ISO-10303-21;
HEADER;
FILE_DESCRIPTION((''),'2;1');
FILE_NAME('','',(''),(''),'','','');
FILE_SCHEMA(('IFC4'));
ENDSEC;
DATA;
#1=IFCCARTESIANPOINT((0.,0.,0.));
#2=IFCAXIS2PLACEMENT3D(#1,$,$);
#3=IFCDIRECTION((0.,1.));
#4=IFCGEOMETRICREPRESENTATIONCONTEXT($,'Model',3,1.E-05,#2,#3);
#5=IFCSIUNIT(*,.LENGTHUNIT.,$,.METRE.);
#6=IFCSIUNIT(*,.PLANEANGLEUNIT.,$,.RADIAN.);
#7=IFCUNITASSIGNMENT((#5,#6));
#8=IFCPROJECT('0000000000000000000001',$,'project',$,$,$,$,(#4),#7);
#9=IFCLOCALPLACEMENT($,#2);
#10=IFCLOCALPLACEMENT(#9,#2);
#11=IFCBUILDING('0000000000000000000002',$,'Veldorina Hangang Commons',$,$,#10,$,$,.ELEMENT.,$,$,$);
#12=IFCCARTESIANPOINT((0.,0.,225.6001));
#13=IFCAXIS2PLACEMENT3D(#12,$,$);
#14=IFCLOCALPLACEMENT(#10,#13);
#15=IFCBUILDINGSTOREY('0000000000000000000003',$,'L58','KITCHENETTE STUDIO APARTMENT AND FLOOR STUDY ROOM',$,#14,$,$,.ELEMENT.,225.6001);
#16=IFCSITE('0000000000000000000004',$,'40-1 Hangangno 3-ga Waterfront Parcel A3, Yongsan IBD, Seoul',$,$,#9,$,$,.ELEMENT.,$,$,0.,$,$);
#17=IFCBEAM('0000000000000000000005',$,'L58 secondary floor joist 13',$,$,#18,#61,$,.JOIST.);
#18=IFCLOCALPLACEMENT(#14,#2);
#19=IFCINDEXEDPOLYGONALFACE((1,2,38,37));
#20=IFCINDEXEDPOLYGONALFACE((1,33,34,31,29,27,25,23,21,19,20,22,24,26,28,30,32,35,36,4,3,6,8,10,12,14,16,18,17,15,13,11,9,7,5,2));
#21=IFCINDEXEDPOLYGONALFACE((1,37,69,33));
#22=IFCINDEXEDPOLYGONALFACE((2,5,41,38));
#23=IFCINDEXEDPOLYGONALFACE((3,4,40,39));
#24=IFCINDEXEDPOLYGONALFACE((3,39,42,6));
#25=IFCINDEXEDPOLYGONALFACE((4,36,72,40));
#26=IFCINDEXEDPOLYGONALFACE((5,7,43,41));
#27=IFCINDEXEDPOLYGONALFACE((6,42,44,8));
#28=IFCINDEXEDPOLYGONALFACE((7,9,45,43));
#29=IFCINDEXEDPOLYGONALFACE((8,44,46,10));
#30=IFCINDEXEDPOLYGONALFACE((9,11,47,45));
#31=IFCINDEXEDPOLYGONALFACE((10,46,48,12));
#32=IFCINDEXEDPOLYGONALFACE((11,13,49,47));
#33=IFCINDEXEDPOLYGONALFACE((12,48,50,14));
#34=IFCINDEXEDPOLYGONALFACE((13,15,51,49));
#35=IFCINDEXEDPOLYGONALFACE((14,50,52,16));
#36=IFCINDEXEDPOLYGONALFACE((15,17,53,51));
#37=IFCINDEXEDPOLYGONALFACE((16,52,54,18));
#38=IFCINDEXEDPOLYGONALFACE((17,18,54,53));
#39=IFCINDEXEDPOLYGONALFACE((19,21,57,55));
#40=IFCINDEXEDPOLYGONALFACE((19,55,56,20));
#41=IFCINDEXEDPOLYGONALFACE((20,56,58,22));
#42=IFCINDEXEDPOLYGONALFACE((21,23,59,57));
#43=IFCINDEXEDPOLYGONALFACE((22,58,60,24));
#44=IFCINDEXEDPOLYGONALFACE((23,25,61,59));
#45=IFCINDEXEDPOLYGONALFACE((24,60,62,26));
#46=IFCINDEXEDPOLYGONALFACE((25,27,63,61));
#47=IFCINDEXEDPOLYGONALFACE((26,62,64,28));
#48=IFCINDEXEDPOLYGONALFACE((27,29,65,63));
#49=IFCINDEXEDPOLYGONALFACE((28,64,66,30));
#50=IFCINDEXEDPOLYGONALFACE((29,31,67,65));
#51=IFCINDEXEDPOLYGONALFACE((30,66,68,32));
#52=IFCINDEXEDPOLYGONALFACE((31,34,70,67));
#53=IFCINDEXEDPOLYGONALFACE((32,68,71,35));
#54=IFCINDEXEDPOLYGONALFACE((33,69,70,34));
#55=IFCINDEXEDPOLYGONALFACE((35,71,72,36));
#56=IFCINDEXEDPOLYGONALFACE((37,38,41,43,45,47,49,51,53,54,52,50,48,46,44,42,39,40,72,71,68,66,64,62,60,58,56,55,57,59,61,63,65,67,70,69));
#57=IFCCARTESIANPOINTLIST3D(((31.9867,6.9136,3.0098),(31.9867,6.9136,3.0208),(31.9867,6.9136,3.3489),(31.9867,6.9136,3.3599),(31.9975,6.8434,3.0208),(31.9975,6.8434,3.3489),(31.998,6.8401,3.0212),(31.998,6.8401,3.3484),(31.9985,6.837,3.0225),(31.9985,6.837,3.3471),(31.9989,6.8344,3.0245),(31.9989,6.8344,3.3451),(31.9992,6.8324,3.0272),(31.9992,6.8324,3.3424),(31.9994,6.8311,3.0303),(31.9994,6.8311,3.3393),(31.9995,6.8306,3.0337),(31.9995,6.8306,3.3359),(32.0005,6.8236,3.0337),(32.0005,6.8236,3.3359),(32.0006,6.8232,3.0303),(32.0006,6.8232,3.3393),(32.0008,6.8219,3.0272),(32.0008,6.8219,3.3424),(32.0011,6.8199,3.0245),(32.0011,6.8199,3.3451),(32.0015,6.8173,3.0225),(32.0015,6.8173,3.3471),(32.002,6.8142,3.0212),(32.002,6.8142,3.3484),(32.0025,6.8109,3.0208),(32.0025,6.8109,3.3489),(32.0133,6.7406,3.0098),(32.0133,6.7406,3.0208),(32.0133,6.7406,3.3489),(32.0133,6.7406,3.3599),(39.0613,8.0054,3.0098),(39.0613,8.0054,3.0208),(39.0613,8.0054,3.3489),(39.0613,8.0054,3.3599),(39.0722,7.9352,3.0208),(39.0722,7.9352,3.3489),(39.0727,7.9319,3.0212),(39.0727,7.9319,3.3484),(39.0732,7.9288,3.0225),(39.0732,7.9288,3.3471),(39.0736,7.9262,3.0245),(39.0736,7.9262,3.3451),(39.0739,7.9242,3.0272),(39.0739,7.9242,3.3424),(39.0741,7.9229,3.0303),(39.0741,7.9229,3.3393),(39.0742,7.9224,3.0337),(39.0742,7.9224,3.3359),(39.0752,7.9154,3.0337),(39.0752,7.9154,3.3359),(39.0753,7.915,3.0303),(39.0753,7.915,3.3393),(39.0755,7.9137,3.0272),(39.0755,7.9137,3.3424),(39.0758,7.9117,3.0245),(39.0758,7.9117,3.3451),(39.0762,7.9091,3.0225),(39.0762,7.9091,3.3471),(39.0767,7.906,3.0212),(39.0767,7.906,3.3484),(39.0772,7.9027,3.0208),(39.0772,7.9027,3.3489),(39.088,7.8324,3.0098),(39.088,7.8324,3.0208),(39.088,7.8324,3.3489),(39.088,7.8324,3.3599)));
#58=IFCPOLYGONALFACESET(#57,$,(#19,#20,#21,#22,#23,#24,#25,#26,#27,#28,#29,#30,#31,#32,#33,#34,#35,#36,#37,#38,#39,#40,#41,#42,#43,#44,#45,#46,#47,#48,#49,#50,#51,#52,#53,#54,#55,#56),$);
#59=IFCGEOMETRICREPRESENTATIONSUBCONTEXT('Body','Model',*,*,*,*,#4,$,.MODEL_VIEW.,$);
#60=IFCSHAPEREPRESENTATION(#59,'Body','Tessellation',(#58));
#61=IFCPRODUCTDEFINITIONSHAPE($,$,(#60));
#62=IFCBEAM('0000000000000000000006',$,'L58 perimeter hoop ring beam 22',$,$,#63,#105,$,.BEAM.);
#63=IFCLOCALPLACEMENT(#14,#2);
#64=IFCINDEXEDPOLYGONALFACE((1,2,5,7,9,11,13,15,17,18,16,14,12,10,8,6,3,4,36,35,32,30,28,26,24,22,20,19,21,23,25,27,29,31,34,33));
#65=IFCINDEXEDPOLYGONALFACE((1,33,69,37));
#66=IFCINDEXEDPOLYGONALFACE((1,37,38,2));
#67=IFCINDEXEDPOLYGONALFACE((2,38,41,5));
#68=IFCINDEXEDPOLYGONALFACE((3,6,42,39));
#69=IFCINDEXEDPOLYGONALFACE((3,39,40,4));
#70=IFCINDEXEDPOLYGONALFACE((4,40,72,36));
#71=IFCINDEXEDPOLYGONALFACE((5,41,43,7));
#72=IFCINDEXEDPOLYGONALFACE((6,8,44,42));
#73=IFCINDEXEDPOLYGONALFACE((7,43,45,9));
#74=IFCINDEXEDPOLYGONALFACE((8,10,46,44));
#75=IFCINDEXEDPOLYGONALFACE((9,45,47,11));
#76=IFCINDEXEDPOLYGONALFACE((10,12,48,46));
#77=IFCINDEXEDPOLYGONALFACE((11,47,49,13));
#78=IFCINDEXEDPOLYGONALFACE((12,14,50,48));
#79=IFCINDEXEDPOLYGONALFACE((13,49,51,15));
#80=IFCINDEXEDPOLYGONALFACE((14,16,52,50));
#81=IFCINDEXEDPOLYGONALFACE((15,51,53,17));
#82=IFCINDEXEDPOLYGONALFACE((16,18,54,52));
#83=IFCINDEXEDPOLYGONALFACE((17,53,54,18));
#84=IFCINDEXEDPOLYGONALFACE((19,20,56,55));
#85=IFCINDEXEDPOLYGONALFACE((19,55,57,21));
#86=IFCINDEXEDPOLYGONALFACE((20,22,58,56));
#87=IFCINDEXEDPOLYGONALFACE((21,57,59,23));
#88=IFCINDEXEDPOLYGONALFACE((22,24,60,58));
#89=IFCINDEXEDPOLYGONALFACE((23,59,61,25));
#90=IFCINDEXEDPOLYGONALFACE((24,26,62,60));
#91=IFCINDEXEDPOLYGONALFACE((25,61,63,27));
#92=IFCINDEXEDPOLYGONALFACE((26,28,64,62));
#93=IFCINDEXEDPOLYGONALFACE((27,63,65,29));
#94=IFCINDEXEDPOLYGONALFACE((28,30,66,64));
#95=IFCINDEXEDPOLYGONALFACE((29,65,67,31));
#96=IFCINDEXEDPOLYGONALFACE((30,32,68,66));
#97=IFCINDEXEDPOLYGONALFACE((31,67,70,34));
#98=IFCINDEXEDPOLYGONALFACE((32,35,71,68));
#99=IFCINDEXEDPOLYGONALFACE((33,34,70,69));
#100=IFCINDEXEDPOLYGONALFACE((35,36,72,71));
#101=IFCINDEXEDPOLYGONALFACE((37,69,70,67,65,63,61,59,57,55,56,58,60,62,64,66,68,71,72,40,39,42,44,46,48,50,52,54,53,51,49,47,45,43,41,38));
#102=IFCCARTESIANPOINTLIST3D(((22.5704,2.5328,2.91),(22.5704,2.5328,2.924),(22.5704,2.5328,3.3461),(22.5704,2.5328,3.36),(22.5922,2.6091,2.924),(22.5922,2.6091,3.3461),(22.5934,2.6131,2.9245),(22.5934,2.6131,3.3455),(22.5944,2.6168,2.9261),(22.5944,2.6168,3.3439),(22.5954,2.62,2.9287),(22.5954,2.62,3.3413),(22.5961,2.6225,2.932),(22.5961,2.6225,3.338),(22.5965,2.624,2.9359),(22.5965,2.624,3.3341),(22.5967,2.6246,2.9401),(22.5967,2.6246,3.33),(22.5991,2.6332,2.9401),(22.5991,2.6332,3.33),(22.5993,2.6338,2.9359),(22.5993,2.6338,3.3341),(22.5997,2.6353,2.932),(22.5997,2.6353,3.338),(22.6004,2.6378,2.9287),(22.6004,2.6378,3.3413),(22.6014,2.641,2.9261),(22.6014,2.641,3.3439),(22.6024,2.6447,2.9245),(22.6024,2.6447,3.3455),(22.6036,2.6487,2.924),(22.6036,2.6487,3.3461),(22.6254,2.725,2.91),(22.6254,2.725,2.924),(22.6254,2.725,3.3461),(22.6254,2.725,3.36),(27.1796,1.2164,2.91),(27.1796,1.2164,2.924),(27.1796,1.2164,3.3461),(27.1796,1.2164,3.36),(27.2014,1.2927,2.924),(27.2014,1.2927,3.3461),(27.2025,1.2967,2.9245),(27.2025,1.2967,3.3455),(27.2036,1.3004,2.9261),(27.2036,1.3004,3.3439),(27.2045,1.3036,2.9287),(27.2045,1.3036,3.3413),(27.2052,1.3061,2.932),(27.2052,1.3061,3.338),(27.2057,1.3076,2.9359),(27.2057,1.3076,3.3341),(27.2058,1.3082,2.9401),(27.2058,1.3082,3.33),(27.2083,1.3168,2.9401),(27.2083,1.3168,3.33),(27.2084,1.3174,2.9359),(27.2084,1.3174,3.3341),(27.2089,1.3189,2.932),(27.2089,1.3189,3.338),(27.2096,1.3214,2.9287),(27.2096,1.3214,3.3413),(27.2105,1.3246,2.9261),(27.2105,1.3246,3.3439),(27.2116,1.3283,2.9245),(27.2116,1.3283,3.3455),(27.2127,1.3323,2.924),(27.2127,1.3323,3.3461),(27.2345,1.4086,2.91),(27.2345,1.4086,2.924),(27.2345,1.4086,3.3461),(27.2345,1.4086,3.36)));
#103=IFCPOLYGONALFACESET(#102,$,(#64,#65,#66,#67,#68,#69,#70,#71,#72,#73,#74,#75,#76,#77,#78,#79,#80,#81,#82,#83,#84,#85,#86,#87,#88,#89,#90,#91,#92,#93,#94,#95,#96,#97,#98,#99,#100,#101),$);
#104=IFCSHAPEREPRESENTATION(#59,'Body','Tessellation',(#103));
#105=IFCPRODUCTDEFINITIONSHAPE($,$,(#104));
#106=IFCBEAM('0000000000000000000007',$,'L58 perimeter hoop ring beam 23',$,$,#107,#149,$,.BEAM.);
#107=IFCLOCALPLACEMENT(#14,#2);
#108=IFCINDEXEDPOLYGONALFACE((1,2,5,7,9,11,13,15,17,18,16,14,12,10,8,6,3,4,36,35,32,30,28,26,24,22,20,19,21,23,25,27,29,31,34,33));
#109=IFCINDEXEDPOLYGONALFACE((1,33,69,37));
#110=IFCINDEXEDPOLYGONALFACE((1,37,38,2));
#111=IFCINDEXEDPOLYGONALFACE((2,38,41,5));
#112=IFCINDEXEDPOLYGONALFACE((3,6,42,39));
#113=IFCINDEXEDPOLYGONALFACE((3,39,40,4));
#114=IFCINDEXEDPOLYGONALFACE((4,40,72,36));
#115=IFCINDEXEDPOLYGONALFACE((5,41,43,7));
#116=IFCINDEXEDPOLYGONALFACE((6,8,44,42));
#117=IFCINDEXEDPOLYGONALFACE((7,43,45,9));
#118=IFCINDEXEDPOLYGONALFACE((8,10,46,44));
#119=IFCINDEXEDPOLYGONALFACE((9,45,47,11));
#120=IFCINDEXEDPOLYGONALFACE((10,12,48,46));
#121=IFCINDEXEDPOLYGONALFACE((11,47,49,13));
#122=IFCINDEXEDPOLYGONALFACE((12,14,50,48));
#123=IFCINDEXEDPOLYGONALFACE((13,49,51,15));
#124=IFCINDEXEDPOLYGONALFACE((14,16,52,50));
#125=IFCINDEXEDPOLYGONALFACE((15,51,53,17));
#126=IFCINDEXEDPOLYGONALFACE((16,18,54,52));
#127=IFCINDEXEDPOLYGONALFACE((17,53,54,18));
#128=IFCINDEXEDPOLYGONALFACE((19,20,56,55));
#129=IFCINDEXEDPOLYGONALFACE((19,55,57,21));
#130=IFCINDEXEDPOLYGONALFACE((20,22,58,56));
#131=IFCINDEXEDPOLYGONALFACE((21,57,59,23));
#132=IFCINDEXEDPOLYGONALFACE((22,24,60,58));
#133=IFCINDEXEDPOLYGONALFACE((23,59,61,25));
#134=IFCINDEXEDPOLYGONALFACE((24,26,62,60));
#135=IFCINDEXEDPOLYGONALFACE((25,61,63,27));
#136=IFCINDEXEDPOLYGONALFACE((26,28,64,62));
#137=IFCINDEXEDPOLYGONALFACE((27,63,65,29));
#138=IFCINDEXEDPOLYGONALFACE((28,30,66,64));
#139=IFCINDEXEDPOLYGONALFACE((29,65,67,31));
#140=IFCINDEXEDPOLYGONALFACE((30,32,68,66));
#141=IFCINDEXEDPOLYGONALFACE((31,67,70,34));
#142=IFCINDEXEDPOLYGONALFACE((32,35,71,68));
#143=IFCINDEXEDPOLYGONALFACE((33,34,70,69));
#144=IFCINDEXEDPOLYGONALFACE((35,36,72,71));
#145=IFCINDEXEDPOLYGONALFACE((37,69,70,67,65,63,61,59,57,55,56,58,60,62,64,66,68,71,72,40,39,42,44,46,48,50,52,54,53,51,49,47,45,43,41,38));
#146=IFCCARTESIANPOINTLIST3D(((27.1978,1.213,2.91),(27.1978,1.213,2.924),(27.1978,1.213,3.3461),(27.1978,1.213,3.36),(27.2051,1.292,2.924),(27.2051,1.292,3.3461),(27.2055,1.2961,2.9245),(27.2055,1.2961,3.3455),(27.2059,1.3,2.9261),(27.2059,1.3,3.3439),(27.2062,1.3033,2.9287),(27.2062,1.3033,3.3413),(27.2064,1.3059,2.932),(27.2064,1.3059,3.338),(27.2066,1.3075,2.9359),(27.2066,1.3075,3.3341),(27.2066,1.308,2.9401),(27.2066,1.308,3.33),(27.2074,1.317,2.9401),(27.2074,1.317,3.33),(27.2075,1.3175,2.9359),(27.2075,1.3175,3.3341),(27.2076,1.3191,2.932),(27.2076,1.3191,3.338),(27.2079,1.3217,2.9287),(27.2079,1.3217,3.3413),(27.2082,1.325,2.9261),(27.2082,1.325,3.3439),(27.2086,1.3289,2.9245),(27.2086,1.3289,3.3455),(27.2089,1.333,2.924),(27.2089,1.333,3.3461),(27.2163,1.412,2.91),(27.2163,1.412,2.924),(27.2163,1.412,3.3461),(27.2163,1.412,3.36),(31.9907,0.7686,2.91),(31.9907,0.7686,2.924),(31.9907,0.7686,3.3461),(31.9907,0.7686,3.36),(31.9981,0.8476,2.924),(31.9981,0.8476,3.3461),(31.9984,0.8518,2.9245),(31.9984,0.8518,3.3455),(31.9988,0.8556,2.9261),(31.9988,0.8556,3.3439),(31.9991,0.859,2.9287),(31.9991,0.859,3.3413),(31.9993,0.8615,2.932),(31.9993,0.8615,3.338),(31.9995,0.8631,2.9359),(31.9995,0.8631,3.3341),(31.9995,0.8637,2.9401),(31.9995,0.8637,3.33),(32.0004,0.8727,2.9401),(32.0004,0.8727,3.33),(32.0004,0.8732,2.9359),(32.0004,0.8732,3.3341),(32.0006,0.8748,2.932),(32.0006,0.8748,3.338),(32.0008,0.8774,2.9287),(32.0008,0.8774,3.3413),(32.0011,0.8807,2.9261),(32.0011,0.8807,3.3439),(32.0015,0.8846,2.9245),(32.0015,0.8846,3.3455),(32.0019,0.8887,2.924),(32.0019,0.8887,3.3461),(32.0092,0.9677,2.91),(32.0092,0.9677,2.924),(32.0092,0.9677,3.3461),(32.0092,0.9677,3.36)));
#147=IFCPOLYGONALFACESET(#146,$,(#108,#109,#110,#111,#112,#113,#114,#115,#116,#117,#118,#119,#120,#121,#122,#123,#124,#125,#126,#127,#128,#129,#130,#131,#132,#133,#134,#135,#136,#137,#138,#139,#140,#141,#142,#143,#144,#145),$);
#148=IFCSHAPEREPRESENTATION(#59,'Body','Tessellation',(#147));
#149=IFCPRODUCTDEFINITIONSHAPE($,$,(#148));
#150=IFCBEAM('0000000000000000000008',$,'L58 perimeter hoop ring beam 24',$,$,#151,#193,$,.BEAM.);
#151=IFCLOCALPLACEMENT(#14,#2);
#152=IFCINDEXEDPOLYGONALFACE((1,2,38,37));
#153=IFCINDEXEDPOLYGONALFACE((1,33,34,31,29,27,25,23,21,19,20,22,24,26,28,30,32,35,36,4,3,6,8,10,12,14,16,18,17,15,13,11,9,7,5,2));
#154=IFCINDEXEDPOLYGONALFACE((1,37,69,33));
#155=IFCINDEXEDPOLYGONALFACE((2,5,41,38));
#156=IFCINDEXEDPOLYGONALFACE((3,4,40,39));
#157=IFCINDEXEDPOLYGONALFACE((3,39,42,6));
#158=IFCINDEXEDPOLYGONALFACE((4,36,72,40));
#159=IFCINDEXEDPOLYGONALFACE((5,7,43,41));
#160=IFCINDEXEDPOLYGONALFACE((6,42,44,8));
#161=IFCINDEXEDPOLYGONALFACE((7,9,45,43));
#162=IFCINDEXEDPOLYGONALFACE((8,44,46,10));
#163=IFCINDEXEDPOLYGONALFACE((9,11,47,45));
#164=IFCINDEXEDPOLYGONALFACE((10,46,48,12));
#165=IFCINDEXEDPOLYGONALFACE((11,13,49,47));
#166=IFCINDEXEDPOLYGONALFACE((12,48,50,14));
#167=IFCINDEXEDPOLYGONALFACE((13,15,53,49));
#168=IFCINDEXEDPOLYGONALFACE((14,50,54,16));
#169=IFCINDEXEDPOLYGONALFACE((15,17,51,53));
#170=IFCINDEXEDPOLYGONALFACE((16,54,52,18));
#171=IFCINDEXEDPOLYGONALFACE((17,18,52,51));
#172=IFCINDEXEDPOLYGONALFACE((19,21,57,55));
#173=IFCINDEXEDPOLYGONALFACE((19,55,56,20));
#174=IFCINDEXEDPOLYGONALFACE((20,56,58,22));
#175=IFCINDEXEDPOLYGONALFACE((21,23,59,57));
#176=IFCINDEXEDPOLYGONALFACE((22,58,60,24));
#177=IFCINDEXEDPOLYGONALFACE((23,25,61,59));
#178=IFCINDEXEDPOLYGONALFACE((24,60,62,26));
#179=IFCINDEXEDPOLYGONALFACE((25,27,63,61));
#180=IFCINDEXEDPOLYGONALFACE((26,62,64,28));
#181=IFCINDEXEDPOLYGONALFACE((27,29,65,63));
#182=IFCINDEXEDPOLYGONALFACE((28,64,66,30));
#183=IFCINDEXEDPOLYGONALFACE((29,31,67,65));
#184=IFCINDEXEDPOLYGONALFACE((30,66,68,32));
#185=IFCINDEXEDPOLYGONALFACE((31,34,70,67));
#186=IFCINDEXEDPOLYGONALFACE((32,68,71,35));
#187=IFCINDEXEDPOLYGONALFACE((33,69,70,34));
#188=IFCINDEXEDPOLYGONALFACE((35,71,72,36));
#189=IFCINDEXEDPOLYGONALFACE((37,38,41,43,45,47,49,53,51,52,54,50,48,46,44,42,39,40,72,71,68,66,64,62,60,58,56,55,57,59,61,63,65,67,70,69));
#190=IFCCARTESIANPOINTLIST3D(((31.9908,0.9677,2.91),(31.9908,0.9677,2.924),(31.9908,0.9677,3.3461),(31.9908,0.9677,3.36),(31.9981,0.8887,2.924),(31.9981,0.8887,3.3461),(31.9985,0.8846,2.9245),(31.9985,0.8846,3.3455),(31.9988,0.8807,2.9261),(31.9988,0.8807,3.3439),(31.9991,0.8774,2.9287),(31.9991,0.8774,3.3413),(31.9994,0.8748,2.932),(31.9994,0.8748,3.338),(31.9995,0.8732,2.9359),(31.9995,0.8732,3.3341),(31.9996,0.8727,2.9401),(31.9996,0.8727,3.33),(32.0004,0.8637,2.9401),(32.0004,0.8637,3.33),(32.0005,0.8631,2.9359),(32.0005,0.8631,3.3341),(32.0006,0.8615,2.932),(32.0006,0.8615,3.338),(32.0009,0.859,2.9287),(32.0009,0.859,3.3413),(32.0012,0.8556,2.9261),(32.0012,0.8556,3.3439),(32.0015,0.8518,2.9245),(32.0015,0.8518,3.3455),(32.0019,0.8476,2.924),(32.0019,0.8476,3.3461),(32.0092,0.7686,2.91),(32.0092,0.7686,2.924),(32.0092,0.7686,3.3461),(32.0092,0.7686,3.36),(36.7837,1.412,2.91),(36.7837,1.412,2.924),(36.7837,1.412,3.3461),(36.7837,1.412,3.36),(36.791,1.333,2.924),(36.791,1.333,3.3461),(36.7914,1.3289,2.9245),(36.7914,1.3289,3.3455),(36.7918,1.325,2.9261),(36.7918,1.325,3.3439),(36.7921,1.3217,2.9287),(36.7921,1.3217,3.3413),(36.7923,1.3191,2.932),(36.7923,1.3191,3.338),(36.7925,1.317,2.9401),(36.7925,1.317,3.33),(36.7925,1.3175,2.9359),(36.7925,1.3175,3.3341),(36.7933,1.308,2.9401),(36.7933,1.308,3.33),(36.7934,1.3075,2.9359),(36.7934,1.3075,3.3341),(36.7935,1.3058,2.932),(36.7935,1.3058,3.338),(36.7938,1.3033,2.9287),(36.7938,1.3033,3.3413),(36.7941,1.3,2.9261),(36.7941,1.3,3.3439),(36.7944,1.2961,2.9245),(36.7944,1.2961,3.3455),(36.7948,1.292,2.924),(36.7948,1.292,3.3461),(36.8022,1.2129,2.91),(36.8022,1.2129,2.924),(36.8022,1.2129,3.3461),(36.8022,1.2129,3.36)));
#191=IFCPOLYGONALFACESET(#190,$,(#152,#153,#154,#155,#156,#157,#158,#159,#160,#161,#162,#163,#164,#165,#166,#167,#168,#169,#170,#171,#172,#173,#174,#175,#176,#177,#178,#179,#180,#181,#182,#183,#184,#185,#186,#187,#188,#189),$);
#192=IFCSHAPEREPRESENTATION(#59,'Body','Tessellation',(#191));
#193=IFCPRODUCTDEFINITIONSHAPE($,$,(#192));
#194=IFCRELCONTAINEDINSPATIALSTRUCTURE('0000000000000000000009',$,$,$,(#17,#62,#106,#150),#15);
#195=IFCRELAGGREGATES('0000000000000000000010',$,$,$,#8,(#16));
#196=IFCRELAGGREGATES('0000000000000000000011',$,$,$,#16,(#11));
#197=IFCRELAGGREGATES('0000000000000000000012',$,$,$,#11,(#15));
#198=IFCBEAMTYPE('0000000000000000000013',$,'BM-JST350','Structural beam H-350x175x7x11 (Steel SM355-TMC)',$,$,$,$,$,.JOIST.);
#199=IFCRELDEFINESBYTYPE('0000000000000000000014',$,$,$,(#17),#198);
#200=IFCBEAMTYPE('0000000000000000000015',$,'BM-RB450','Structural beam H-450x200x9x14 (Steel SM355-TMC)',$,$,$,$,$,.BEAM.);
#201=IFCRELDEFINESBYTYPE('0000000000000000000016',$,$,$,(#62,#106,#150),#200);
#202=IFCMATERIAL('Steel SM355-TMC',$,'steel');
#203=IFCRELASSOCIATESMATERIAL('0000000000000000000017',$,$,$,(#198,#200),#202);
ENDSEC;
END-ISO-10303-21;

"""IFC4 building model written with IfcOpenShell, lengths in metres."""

from ifc_helpers import new_model, si_unit, direction, frame, origin, origin_2d, place, context, subcontext, project, spatial, i_section, extrude, material, material_profile, profile_set, type_object, element, save


model = new_model("IFC4")

# Units and contexts
model_context = context("Model", 3, precision=1e-05, world=origin(), true_north=direction((0.0, 1.0)))
body_context = subcontext(model_context, "Body", "Model", "MODEL_VIEW")
ifc_project = project(units=[si_unit("LENGTHUNIT", "METRE"), si_unit("PLANEANGLEUNIT", "RADIAN")], contexts=[model_context])

# Site, building, storey
site_placement = place(None, origin())
site = spatial("IfcSite", under=ifc_project, at=site_placement, Name="40-1 Hangangno 3-ga Waterfront Parcel A3, Yongsan IBD, Seoul", CompositionType="ELEMENT", RefElevation=0.0)
building_placement = place(site_placement, origin())
building = spatial("IfcBuilding", under=site, at=building_placement, Name="Veldorina Hangang Commons", CompositionType="ELEMENT")
storey_placement = place(building_placement, frame((0.0, 0.0, 225.6001)))
storey = spatial("IfcBuildingStorey", under=building, at=storey_placement, Name="L58", Description="KITCHENETTE STUDIO APARTMENT AND FLOOR STUDY ROOM", CompositionType="ELEMENT", Elevation=225.6001)

# Beams
ifc_material_1 = material(Name="Steel SM355-TMC", Category="steel")
ifc_material_profile_1 = material_profile(ifc_material_1, i_section(OverallWidth=0.175, OverallDepth=0.3501, WebThickness=0.0071, FlangeThickness=0.011, FilletRadius=0.0129, at=origin_2d()), Name="H-350x175x7x11")
ifc_profile_set_1 = profile_set([ifc_material_profile_1], Name="Steel SM355-TMC")
beam_type_1 = type_object("IfcBeamType", Name="BM-JST350", Description="Structural beam H-350x175x7x11 (Steel SM355-TMC)", PredefinedType="JOIST", material=ifc_profile_set_1)
beam_1_placement = place(storey_placement, frame((32.0, 6.8271, 3.1848), z_axis=(0.988301, 0.152518, 0.0), x_axis=(-0.152518, 0.988301, 0.0)))
element("IfcBeam", 1, at=beam_1_placement, inside=storey, type_object=beam_type_1, Name="L58 secondary floor joist 13", PredefinedType="JOIST", context=body_context, shape_type="SweptSolid", body=[
    extrude(i_section(OverallWidth=0.175, OverallDepth=0.3501, WebThickness=0.0071, FlangeThickness=0.011, FilletRadius=0.0129, at=origin_2d()), origin(), (0.0, 0.0, 1.0), 7.1584),
])
ifc_material_profile_2 = material_profile(ifc_material_1, i_section(OverallWidth=0.2, OverallDepth=0.45, WebThickness=0.009, FlangeThickness=0.0139, FilletRadius=0.0161, at=origin_2d()), Name="H-450x200x9x14")
ifc_profile_set_2 = profile_set([ifc_material_profile_2], Name="Steel SM355-TMC")
beam_type_2 = type_object("IfcBeamType", Name="BM-RB450", Description="Structural beam H-450x200x9x14 (Steel SM355-TMC)", PredefinedType="BEAM", material=ifc_profile_set_2)
beam_2_placement = place(storey_placement, frame((22.5979, 2.6289, 3.135), z_axis=(0.961551, -0.274627, 0.0), x_axis=(0.274627, 0.961551, 0.0)))
element("IfcBeam", 2, at=beam_2_placement, inside=storey, type_object=beam_type_2, Name="L58 perimeter hoop ring beam 22", PredefinedType="BEAM", context=body_context, shape_type="SweptSolid", body=[
    extrude(i_section(OverallWidth=0.2, OverallDepth=0.45, WebThickness=0.009, FlangeThickness=0.0139, FilletRadius=0.0161, at=origin_2d()), origin(), (0.0, 0.0, 1.0), 4.7935),
])
for number, where, z_axis, x_axis, name in (
    (3, (27.207, 1.3125, 3.135), (0.99573, -0.09231, 0.0), (0.09231, 0.99573, 0.0), "L58 perimeter hoop ring beam 23"),
    (4, (32.0, 0.8682, 3.135), (0.99573, 0.09231, 0.0), (-0.09231, 0.99573, 0.0), "L58 perimeter hoop ring beam 24"),
):
    element("IfcBeam", number, at=place(storey_placement, frame(where, z_axis=z_axis, x_axis=x_axis)), inside=storey, type_object=beam_type_2, Name=name, PredefinedType="BEAM", context=body_context, shape_type="SweptSolid", body=[
        extrude(i_section(OverallWidth=0.2, OverallDepth=0.45, WebThickness=0.009, FlangeThickness=0.0139, FilletRadius=0.0161, at=origin_2d()), origin(), (0.0, 0.0, 1.0), 4.8135),
    ])

save(model, "model.ifc")
